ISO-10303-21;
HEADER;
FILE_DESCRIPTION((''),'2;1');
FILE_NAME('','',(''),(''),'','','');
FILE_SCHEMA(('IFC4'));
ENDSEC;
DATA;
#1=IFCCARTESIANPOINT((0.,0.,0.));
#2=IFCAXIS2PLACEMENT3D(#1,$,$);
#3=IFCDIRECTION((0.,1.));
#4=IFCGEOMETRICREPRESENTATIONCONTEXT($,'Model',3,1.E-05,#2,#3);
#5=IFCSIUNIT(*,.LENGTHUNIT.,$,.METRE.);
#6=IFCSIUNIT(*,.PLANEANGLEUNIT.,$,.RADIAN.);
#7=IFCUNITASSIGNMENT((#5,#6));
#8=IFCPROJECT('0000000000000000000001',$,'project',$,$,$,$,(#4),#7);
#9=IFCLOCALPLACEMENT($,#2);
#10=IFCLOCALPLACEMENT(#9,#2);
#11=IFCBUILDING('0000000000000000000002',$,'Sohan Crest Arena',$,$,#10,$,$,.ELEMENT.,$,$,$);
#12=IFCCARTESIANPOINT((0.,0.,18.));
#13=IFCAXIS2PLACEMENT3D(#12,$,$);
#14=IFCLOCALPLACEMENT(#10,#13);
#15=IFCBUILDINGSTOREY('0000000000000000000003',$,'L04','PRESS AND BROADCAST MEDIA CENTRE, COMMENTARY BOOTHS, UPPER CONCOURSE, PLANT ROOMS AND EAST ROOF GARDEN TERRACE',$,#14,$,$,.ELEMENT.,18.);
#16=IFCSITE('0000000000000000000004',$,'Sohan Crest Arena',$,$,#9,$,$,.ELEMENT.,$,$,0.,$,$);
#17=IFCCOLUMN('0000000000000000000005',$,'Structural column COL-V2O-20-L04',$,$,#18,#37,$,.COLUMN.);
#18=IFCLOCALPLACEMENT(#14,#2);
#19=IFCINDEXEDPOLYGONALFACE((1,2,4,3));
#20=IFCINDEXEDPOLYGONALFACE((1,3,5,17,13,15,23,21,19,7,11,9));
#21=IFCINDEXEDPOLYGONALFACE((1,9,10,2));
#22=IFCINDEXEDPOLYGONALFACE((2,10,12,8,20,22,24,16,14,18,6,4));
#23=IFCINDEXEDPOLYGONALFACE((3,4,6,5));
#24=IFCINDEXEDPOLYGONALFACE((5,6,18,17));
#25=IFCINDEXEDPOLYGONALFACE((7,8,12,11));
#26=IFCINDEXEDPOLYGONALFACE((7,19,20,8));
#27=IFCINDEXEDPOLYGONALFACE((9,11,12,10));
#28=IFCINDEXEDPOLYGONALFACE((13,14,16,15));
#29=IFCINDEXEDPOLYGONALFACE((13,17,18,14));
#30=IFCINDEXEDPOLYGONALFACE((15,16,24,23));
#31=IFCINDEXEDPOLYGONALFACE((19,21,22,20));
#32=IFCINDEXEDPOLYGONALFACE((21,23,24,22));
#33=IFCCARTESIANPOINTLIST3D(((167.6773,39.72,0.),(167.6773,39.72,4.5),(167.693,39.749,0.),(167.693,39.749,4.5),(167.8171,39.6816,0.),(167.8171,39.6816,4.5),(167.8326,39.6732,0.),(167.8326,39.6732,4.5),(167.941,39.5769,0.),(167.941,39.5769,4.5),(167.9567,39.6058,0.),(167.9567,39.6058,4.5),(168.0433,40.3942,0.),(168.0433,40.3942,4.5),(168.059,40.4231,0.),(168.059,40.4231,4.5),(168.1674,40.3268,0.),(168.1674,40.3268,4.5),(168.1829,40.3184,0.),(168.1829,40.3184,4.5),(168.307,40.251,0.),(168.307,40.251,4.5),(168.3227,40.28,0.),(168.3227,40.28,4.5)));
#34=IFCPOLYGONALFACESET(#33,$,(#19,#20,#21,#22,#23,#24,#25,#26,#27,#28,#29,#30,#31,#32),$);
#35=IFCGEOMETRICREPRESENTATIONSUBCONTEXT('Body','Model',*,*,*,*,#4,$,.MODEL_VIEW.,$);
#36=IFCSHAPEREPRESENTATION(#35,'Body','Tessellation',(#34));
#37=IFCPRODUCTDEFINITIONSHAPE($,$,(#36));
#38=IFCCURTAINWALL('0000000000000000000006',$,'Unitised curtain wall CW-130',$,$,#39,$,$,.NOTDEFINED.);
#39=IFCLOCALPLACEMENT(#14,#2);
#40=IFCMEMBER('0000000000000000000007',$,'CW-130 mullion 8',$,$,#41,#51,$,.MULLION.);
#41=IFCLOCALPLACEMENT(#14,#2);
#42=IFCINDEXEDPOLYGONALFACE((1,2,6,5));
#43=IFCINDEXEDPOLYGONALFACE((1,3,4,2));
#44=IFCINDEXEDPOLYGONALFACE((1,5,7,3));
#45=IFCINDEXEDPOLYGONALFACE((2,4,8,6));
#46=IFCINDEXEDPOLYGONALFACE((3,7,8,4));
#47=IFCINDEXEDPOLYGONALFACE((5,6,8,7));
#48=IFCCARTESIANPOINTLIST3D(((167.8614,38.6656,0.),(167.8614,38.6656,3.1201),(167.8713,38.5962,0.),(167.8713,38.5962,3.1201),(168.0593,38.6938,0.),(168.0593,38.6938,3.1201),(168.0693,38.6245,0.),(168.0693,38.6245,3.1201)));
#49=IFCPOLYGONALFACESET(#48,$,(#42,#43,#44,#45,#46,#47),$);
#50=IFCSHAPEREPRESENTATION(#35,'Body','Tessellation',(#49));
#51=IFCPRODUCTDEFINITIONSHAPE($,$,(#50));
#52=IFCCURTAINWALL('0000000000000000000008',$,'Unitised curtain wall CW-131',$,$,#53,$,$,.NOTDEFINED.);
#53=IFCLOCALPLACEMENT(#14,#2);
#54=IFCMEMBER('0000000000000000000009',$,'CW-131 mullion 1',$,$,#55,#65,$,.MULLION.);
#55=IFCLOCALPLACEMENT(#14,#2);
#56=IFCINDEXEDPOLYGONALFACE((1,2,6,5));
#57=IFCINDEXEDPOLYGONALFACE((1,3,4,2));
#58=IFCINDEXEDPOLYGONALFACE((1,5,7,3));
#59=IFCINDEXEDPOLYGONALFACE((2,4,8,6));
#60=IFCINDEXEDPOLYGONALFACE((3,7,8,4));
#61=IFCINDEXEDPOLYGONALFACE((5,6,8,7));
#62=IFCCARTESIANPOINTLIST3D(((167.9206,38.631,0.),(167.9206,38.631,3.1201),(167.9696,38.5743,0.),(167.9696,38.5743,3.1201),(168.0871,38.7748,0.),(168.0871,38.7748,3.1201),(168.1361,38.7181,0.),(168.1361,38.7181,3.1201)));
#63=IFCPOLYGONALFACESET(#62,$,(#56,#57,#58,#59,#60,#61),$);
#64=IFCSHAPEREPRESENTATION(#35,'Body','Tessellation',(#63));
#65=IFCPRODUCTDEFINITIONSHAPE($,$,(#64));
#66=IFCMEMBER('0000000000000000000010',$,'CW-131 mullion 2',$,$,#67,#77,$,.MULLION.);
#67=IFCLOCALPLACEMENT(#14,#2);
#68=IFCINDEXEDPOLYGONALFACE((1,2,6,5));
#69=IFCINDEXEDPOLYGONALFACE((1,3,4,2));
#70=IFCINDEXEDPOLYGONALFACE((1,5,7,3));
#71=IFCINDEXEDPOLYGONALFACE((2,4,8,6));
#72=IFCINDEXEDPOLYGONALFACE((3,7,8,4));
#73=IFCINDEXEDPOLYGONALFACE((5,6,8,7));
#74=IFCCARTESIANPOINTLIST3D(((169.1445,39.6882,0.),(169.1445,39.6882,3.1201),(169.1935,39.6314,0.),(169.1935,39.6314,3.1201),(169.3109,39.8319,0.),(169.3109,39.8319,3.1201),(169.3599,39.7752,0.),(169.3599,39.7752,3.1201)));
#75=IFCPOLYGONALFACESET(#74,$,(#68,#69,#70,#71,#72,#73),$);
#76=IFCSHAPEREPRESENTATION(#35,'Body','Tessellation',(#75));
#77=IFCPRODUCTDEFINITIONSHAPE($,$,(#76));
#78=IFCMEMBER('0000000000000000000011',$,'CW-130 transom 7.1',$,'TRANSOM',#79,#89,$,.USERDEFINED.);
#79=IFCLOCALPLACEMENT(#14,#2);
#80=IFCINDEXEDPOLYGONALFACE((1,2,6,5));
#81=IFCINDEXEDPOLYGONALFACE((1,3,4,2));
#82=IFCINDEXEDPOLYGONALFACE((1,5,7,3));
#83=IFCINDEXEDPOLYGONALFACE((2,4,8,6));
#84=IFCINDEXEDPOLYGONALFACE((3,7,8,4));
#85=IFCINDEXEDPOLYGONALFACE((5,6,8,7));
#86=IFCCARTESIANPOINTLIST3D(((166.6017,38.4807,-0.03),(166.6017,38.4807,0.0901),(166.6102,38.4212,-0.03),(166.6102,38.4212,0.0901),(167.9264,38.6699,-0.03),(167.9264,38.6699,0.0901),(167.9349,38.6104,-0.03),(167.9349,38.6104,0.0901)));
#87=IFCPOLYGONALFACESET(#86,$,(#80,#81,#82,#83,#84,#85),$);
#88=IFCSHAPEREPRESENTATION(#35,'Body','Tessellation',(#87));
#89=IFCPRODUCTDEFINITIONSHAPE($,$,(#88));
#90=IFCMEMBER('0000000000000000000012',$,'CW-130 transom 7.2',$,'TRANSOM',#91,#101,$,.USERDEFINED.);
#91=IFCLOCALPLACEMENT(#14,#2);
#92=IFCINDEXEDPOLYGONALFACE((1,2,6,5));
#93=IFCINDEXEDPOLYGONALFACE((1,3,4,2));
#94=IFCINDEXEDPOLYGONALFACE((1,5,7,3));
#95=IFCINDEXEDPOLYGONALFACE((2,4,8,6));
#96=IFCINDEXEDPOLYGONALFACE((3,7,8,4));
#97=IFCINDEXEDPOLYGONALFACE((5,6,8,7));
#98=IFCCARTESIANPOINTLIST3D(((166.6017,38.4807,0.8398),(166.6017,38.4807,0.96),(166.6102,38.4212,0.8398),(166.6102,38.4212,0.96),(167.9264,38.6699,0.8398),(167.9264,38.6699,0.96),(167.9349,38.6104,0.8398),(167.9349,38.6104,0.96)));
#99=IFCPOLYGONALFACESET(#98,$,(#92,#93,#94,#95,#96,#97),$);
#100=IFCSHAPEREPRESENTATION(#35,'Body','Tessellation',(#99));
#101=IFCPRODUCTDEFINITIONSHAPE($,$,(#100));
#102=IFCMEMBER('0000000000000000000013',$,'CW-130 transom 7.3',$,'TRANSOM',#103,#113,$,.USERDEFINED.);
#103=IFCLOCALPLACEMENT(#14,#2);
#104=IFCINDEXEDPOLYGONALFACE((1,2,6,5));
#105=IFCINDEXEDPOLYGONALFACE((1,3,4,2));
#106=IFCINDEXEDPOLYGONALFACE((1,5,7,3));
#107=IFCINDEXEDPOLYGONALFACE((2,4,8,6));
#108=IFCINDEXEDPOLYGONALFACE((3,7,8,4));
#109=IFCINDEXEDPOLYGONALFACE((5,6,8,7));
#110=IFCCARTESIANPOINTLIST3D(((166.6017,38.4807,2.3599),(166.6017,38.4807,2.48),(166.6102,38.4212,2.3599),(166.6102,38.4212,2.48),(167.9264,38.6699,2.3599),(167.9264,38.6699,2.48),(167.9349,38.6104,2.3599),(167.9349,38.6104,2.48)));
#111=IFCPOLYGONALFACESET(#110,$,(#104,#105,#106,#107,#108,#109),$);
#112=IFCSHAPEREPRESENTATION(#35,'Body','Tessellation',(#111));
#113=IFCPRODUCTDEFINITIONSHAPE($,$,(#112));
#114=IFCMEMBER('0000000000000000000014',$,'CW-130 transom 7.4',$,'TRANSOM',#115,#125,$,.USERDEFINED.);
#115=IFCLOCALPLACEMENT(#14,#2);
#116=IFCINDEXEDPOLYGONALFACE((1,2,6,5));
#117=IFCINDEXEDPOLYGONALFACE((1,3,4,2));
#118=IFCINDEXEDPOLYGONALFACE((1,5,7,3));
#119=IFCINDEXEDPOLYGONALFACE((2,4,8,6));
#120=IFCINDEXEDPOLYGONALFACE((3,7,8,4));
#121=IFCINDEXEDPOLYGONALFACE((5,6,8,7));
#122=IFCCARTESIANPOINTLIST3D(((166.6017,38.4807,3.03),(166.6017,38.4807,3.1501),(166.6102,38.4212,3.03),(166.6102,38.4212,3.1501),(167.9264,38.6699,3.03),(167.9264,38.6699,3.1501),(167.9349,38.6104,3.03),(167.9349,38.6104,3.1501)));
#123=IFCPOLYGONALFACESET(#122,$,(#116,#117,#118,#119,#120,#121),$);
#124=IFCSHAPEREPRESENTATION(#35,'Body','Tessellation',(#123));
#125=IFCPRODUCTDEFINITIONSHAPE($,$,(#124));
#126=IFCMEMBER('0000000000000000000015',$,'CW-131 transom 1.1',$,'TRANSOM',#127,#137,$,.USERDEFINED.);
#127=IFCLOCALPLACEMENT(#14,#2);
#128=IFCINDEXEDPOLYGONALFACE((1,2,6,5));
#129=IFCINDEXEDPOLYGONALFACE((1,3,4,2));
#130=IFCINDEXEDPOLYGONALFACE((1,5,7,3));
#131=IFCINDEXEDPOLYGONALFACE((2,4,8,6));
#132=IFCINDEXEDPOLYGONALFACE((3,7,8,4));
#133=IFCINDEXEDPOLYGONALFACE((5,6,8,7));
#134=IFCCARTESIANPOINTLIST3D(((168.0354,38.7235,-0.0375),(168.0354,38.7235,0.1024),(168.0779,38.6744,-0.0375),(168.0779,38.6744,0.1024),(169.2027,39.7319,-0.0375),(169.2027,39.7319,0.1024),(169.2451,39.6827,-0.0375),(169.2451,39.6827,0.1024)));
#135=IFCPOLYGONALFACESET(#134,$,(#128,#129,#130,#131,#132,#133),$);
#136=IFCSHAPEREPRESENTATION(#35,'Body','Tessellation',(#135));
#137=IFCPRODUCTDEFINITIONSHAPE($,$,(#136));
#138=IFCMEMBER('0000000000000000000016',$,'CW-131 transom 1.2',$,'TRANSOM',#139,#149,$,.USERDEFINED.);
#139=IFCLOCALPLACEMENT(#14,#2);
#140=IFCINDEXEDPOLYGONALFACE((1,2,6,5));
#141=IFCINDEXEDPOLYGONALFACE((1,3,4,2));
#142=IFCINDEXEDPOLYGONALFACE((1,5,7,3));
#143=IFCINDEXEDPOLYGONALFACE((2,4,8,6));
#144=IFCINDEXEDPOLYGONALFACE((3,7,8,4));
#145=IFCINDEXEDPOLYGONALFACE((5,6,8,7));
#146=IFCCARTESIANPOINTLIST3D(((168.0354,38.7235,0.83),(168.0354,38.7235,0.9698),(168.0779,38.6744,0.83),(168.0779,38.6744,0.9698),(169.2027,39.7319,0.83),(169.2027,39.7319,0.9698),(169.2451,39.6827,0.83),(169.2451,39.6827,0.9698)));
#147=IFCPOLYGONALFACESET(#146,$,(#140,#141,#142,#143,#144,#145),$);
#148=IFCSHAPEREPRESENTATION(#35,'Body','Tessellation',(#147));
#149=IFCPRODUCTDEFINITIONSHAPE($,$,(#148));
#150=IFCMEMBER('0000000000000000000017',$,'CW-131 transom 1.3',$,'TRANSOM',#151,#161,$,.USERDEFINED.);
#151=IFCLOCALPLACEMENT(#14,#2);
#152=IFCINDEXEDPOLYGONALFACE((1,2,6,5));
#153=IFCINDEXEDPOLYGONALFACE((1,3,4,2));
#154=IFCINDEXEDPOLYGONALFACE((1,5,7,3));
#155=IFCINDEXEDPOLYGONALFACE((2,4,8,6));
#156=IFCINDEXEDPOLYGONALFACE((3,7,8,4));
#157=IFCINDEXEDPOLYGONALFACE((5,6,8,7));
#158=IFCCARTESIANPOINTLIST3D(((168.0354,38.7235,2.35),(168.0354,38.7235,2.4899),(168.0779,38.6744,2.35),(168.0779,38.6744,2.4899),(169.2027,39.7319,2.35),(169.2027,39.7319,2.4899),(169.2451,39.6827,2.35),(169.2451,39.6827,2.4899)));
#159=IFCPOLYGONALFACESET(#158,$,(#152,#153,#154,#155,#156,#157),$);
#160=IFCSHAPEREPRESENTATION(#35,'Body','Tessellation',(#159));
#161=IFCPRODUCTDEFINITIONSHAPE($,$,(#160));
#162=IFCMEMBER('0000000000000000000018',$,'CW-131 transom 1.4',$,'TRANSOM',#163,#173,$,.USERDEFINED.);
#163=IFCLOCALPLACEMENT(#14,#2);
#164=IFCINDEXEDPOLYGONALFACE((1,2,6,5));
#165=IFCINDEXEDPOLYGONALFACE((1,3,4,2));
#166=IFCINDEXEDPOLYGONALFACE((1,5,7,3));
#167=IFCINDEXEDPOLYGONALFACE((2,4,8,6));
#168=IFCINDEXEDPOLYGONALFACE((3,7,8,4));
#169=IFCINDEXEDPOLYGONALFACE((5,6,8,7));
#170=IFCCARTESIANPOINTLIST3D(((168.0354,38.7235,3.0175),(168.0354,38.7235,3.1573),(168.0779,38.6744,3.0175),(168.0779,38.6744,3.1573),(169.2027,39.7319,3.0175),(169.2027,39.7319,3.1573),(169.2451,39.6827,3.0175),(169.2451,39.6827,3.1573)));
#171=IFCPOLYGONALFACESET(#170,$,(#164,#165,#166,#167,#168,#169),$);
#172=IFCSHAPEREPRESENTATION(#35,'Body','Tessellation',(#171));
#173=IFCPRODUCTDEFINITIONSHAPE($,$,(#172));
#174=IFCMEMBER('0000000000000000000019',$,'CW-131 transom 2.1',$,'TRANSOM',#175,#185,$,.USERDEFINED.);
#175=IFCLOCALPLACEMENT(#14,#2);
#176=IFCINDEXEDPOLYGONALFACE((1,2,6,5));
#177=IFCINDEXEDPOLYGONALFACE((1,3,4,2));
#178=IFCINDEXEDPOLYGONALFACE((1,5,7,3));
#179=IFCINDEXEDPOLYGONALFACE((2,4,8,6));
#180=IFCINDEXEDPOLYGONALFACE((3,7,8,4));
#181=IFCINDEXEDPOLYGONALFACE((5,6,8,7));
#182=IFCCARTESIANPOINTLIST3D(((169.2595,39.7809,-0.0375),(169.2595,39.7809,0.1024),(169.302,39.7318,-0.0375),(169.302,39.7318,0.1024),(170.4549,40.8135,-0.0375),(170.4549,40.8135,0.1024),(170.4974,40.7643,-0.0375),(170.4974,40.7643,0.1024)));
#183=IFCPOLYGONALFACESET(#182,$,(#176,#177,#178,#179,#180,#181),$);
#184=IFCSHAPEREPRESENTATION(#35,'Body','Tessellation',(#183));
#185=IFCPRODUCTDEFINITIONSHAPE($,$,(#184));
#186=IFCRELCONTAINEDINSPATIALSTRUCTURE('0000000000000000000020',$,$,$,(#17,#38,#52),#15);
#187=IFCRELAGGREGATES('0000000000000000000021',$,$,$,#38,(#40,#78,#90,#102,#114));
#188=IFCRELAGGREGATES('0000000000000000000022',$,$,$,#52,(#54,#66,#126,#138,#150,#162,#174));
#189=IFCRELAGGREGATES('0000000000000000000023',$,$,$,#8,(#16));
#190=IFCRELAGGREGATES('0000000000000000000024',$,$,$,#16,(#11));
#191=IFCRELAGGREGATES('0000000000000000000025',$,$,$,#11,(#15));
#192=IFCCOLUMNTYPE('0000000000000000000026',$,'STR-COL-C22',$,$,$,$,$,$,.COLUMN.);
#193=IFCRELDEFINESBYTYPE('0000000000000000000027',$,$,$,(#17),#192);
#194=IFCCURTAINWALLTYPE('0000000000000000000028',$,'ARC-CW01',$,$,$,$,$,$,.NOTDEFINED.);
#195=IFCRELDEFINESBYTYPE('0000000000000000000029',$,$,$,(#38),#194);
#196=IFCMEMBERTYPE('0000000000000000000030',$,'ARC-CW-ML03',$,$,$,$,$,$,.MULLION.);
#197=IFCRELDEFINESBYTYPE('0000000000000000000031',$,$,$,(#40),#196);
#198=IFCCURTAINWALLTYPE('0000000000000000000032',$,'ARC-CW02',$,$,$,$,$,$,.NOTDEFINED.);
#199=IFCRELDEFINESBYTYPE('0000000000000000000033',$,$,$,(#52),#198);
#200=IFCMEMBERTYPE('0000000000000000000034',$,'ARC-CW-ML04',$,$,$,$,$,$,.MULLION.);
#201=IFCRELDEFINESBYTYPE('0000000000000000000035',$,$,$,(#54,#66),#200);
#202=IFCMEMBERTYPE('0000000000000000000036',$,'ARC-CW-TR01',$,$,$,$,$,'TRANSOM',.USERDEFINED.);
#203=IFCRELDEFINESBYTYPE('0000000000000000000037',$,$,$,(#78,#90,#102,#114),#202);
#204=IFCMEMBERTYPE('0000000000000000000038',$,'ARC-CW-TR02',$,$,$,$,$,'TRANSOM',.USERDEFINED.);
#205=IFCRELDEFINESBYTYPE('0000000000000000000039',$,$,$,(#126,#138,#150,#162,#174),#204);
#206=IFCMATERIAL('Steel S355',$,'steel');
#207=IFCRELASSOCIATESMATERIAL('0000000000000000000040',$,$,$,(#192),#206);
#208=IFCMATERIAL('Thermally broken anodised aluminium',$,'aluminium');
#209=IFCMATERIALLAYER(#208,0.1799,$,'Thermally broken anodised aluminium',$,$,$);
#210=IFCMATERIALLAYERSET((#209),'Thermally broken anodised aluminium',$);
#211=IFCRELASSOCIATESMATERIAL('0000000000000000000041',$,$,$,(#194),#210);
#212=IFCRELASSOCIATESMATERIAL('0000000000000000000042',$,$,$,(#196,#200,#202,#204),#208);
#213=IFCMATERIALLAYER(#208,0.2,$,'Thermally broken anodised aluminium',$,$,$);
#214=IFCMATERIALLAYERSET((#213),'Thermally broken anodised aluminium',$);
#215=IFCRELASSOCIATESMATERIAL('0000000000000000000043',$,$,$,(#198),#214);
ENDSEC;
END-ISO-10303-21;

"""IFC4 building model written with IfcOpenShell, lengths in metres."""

from ifc_helpers import new_model, si_unit, direction, frame, origin, origin_2d, place, context, subcontext, project, spatial, rectangle, i_section, extrude, material, layer, layer_set, material_profile, profile_set, type_object, element, aggregate, save


model = new_model("IFC4")

# Units and contexts
model_context = context("Model", 3, precision=1e-05, world=origin(), true_north=direction((0.0, 1.0)))
body_context = subcontext(model_context, "Body", "Model", "MODEL_VIEW")
ifc_project = project(units=[si_unit("LENGTHUNIT", "METRE"), si_unit("PLANEANGLEUNIT", "RADIAN")], contexts=[model_context])

# Site, building, storey
site_placement = place(None, origin())
site = spatial("IfcSite", under=ifc_project, at=site_placement, Name="Sohan Crest Arena", CompositionType="ELEMENT", RefElevation=0.0)
building_placement = place(site_placement, origin())
building = spatial("IfcBuilding", under=site, at=building_placement, Name="Sohan Crest Arena", CompositionType="ELEMENT")
storey_placement = place(building_placement, frame((0.0, 0.0, 18.0)))
storey = spatial("IfcBuildingStorey", under=building, at=storey_placement, Name="L04", Description="PRESS AND BROADCAST MEDIA CENTRE, COMMENTARY BOOTHS, UPPER CONCOURSE, PLANT ROOMS AND EAST ROOF GARDEN TERRACE", CompositionType="ELEMENT", Elevation=18.0)

# Column
ifc_material_1 = material(Name="Steel S355", Category="steel")
ifc_material_profile_1 = material_profile(ifc_material_1, i_section(OverallWidth=0.3, OverallDepth=0.8, WebThickness=0.0176, FlangeThickness=0.033, at=origin_2d()), Name="HEB 800")
ifc_profile_set_1 = profile_set([ifc_material_profile_1], Name="Steel S355")
column_type = type_object("IfcColumnType", Name="STR-COL-C22", PredefinedType="COLUMN", material=ifc_profile_set_1)
column_placement = place(storey_placement, frame((168.0, 40.0, 0.0), z_axis=(0.0, 0.0, 1.0), x_axis=(-0.878817, 0.477159, 0.0)))
element("IfcColumn", 1, at=column_placement, inside=storey, type_object=column_type, Name="Structural column COL-V2O-20-L04", PredefinedType="COLUMN", context=body_context, shape_type="SweptSolid", body=[
    extrude(i_section(OverallWidth=0.3, OverallDepth=0.8, WebThickness=0.0176, FlangeThickness=0.033, at=origin_2d()), origin(), (0.0, 0.0, 1.0), 4.5),
])

# Curtain wall, member
ifc_material_2 = material(Name="Thermally broken anodised aluminium", Category="aluminium")
ifc_layer_1 = layer(ifc_material_2, 0.1799, Name="Thermally broken anodised aluminium")
ifc_layer_set_1 = layer_set([ifc_layer_1], Name="Thermally broken anodised aluminium")
curtain_wall_type_1 = type_object("IfcCurtainWallType", Name="ARC-CW01", PredefinedType="NOTDEFINED", material=ifc_layer_set_1)
curtain_wall_1_placement = place(storey_placement, origin())
curtain_wall_1 = element("IfcCurtainWall", 2, at=curtain_wall_1_placement, inside=storey, type_object=curtain_wall_type_1, Name="Unitised curtain wall CW-130", PredefinedType="NOTDEFINED")
ifc_material_profile_2 = material_profile(ifc_material_2, rectangle(XDim=0.0701, YDim=0.2, at=origin_2d()), Name="ALU-MULL 70x200")
ifc_profile_set_2 = profile_set([ifc_material_profile_2], Name="Thermally broken anodised aluminium")
member_type_1 = type_object("IfcMemberType", Name="ARC-CW-ML03", PredefinedType="MULLION", material=ifc_profile_set_2)
member_1_placement = place(storey_placement, frame((167.9653, 38.645, 0.0), z_axis=(0.0, 0.0, 1.0), x_axis=(-0.141463, 0.989944, 0.0)))
member_1 = element("IfcMember", 3, at=member_1_placement, type_object=member_type_1, Name="CW-130 mullion 8", PredefinedType="MULLION", context=body_context, shape_type="SweptSolid", body=[
    extrude(rectangle(XDim=0.0701, YDim=0.2, at=origin_2d()), origin(), (0.0, 0.0, 1.0), 3.1201),
])

# Curtain wall, members
ifc_layer_2 = layer(ifc_material_2, 0.2, Name="Thermally broken anodised aluminium")
ifc_layer_set_2 = layer_set([ifc_layer_2], Name="Thermally broken anodised aluminium")
curtain_wall_type_2 = type_object("IfcCurtainWallType", Name="ARC-CW02", PredefinedType="NOTDEFINED", material=ifc_layer_set_2)
curtain_wall_2_placement = place(storey_placement, origin())
curtain_wall_2 = element("IfcCurtainWall", 4, at=curtain_wall_2_placement, inside=storey, type_object=curtain_wall_type_2, Name="Unitised curtain wall CW-131", PredefinedType="NOTDEFINED")
ifc_material_profile_3 = material_profile(ifc_material_2, rectangle(XDim=0.075, YDim=0.22, at=origin_2d()), Name="ALU-MULL 75x220")
ifc_profile_set_3 = profile_set([ifc_material_profile_3], Name="Thermally broken anodised aluminium")
member_type_2 = type_object("IfcMemberType", Name="ARC-CW-ML04", PredefinedType="MULLION", material=ifc_profile_set_3)
member_2_placement = place(storey_placement, frame((168.0283, 38.6746, 0.0), z_axis=(0.0, 0.0, 1.0), x_axis=(-0.653687, 0.756765, 0.0)))
member_2 = element("IfcMember", 5, at=member_2_placement, type_object=member_type_2, Name="CW-131 mullion 1", PredefinedType="MULLION", context=body_context, shape_type="SweptSolid", body=[
    extrude(rectangle(XDim=0.075, YDim=0.22, at=origin_2d()), origin(), (0.0, 0.0, 1.0), 3.1201),
])
member_3_placement = place(storey_placement, frame((169.2522, 39.7317, 0.0), z_axis=(0.0, 0.0, 1.0), x_axis=(-0.653687, 0.756765, 0.0)))
member_3 = element("IfcMember", 6, at=member_3_placement, type_object=member_type_2, Name="CW-131 mullion 2", PredefinedType="MULLION", context=body_context, shape_type="SweptSolid", body=[
    extrude(rectangle(XDim=0.075, YDim=0.22, at=origin_2d()), origin(), (0.0, 0.0, 1.0), 3.1201),
])

# Members
ifc_material_profile_4 = material_profile(ifc_material_2, rectangle(XDim=0.0601, YDim=0.1201, at=origin_2d()), Name="ALU-TRAN 60x120")
ifc_profile_set_4 = profile_set([ifc_material_profile_4], Name="Thermally broken anodised aluminium")
member_type_3 = type_object("IfcMemberType", Name="ARC-CW-TR01", ElementType="TRANSOM", PredefinedType="USERDEFINED", material=ifc_profile_set_4)
member_4_placement = place(storey_placement, frame((166.606, 38.4509, 0.03), z_axis=(0.989953, 0.141396, 0.0), x_axis=(-0.141396, 0.989953, 0.0)))
member_4 = element("IfcMember", 7, at=member_4_placement, type_object=member_type_3, Name="CW-130 transom 7.1", ObjectType="TRANSOM", PredefinedType="USERDEFINED", context=body_context, shape_type="SweptSolid", body=[
    extrude(rectangle(XDim=0.0601, YDim=0.1201, at=origin_2d()), origin(), (0.0, 0.0, 1.0), 1.3381),
])
member_5_placement = place(storey_placement, frame((166.606, 38.4509, 0.8999), z_axis=(0.989953, 0.141396, 0.0), x_axis=(-0.141396, 0.989953, 0.0)))
member_5 = element("IfcMember", 8, at=member_5_placement, type_object=member_type_3, Name="CW-130 transom 7.2", ObjectType="TRANSOM", PredefinedType="USERDEFINED", context=body_context, shape_type="SweptSolid", body=[
    extrude(rectangle(XDim=0.0601, YDim=0.1201, at=origin_2d()), origin(), (0.0, 0.0, 1.0), 1.3381),
])
member_6_placement = place(storey_placement, frame((166.606, 38.4509, 2.4199), z_axis=(0.989953, 0.141396, 0.0), x_axis=(-0.141396, 0.989953, 0.0)))
member_6 = element("IfcMember", 9, at=member_6_placement, type_object=member_type_3, Name="CW-130 transom 7.3", ObjectType="TRANSOM", PredefinedType="USERDEFINED", context=body_context, shape_type="SweptSolid", body=[
    extrude(rectangle(XDim=0.0601, YDim=0.1201, at=origin_2d()), origin(), (0.0, 0.0, 1.0), 1.3381),
])
member_7_placement = place(storey_placement, frame((166.606, 38.4509, 3.0901), z_axis=(0.989953, 0.141396, 0.0), x_axis=(-0.141396, 0.989953, 0.0)))
member_7 = element("IfcMember", 10, at=member_7_placement, type_object=member_type_3, Name="CW-130 transom 7.4", ObjectType="TRANSOM", PredefinedType="USERDEFINED", context=body_context, shape_type="SweptSolid", body=[
    extrude(rectangle(XDim=0.0601, YDim=0.1201, at=origin_2d()), origin(), (0.0, 0.0, 1.0), 1.3381),
])
ifc_material_profile_5 = material_profile(ifc_material_2, rectangle(XDim=0.0649, YDim=0.1399, at=origin_2d()), Name="ALU-TRAN 65x140")
ifc_profile_set_5 = profile_set([ifc_material_profile_5], Name="Thermally broken anodised aluminium")
member_type_4 = type_object("IfcMemberType", Name="ARC-CW-TR02", ElementType="TRANSOM", PredefinedType="USERDEFINED", material=ifc_profile_set_5)
member_8_placement = place(storey_placement, frame((168.0566, 38.699, 0.0325), z_axis=(0.756748, 0.653706, 0.0), x_axis=(-0.653706, 0.756748, 0.0)))
member_8 = element("IfcMember", 11, at=member_8_placement, type_object=member_type_4, Name="CW-131 transom 1.1", ObjectType="TRANSOM", PredefinedType="USERDEFINED", context=body_context, shape_type="SweptSolid", body=[
    extrude(rectangle(XDim=0.0649, YDim=0.1399, at=origin_2d()), origin(), (0.0, 0.0, 1.0), 1.5425),
])
member_9_placement = place(storey_placement, frame((168.0566, 38.699, 0.8999), z_axis=(0.756748, 0.653706, 0.0), x_axis=(-0.653706, 0.756748, 0.0)))
member_9 = element("IfcMember", 12, at=member_9_placement, type_object=member_type_4, Name="CW-131 transom 1.2", ObjectType="TRANSOM", PredefinedType="USERDEFINED", context=body_context, shape_type="SweptSolid", body=[
    extrude(rectangle(XDim=0.0649, YDim=0.1399, at=origin_2d()), origin(), (0.0, 0.0, 1.0), 1.5425),
])
member_10_placement = place(storey_placement, frame((168.0566, 38.699, 2.4199), z_axis=(0.756748, 0.653706, 0.0), x_axis=(-0.653706, 0.756748, 0.0)))
member_10 = element("IfcMember", 13, at=member_10_placement, type_object=member_type_4, Name="CW-131 transom 1.3", ObjectType="TRANSOM", PredefinedType="USERDEFINED", context=body_context, shape_type="SweptSolid", body=[
    extrude(rectangle(XDim=0.0649, YDim=0.1399, at=origin_2d()), origin(), (0.0, 0.0, 1.0), 1.5425),
])
member_11_placement = place(storey_placement, frame((168.0566, 38.699, 3.0874), z_axis=(0.756748, 0.653706, 0.0), x_axis=(-0.653706, 0.756748, 0.0)))
member_11 = element("IfcMember", 14, at=member_11_placement, type_object=member_type_4, Name="CW-131 transom 1.4", ObjectType="TRANSOM", PredefinedType="USERDEFINED", context=body_context, shape_type="SweptSolid", body=[
    extrude(rectangle(XDim=0.0649, YDim=0.1399, at=origin_2d()), origin(), (0.0, 0.0, 1.0), 1.5425),
])
member_12_placement = place(storey_placement, frame((169.2808, 39.7563, 0.0325), z_axis=(0.756774, 0.653676, 0.0), x_axis=(-0.653676, 0.756774, 0.0)))
member_12 = element("IfcMember", 15, at=member_12_placement, type_object=member_type_4, Name="CW-131 transom 2.1", ObjectType="TRANSOM", PredefinedType="USERDEFINED", context=body_context, shape_type="SweptSolid", body=[
    extrude(rectangle(XDim=0.0649, YDim=0.1399, at=origin_2d()), origin(), (0.0, 0.0, 1.0), 1.5796),
])

aggregate(curtain_wall_1, [member_1, member_4, member_5, member_6, member_7])
aggregate(curtain_wall_2, [member_2, member_3, member_8, member_9, member_10, member_11, member_12])

save(model, "model.ifc")
